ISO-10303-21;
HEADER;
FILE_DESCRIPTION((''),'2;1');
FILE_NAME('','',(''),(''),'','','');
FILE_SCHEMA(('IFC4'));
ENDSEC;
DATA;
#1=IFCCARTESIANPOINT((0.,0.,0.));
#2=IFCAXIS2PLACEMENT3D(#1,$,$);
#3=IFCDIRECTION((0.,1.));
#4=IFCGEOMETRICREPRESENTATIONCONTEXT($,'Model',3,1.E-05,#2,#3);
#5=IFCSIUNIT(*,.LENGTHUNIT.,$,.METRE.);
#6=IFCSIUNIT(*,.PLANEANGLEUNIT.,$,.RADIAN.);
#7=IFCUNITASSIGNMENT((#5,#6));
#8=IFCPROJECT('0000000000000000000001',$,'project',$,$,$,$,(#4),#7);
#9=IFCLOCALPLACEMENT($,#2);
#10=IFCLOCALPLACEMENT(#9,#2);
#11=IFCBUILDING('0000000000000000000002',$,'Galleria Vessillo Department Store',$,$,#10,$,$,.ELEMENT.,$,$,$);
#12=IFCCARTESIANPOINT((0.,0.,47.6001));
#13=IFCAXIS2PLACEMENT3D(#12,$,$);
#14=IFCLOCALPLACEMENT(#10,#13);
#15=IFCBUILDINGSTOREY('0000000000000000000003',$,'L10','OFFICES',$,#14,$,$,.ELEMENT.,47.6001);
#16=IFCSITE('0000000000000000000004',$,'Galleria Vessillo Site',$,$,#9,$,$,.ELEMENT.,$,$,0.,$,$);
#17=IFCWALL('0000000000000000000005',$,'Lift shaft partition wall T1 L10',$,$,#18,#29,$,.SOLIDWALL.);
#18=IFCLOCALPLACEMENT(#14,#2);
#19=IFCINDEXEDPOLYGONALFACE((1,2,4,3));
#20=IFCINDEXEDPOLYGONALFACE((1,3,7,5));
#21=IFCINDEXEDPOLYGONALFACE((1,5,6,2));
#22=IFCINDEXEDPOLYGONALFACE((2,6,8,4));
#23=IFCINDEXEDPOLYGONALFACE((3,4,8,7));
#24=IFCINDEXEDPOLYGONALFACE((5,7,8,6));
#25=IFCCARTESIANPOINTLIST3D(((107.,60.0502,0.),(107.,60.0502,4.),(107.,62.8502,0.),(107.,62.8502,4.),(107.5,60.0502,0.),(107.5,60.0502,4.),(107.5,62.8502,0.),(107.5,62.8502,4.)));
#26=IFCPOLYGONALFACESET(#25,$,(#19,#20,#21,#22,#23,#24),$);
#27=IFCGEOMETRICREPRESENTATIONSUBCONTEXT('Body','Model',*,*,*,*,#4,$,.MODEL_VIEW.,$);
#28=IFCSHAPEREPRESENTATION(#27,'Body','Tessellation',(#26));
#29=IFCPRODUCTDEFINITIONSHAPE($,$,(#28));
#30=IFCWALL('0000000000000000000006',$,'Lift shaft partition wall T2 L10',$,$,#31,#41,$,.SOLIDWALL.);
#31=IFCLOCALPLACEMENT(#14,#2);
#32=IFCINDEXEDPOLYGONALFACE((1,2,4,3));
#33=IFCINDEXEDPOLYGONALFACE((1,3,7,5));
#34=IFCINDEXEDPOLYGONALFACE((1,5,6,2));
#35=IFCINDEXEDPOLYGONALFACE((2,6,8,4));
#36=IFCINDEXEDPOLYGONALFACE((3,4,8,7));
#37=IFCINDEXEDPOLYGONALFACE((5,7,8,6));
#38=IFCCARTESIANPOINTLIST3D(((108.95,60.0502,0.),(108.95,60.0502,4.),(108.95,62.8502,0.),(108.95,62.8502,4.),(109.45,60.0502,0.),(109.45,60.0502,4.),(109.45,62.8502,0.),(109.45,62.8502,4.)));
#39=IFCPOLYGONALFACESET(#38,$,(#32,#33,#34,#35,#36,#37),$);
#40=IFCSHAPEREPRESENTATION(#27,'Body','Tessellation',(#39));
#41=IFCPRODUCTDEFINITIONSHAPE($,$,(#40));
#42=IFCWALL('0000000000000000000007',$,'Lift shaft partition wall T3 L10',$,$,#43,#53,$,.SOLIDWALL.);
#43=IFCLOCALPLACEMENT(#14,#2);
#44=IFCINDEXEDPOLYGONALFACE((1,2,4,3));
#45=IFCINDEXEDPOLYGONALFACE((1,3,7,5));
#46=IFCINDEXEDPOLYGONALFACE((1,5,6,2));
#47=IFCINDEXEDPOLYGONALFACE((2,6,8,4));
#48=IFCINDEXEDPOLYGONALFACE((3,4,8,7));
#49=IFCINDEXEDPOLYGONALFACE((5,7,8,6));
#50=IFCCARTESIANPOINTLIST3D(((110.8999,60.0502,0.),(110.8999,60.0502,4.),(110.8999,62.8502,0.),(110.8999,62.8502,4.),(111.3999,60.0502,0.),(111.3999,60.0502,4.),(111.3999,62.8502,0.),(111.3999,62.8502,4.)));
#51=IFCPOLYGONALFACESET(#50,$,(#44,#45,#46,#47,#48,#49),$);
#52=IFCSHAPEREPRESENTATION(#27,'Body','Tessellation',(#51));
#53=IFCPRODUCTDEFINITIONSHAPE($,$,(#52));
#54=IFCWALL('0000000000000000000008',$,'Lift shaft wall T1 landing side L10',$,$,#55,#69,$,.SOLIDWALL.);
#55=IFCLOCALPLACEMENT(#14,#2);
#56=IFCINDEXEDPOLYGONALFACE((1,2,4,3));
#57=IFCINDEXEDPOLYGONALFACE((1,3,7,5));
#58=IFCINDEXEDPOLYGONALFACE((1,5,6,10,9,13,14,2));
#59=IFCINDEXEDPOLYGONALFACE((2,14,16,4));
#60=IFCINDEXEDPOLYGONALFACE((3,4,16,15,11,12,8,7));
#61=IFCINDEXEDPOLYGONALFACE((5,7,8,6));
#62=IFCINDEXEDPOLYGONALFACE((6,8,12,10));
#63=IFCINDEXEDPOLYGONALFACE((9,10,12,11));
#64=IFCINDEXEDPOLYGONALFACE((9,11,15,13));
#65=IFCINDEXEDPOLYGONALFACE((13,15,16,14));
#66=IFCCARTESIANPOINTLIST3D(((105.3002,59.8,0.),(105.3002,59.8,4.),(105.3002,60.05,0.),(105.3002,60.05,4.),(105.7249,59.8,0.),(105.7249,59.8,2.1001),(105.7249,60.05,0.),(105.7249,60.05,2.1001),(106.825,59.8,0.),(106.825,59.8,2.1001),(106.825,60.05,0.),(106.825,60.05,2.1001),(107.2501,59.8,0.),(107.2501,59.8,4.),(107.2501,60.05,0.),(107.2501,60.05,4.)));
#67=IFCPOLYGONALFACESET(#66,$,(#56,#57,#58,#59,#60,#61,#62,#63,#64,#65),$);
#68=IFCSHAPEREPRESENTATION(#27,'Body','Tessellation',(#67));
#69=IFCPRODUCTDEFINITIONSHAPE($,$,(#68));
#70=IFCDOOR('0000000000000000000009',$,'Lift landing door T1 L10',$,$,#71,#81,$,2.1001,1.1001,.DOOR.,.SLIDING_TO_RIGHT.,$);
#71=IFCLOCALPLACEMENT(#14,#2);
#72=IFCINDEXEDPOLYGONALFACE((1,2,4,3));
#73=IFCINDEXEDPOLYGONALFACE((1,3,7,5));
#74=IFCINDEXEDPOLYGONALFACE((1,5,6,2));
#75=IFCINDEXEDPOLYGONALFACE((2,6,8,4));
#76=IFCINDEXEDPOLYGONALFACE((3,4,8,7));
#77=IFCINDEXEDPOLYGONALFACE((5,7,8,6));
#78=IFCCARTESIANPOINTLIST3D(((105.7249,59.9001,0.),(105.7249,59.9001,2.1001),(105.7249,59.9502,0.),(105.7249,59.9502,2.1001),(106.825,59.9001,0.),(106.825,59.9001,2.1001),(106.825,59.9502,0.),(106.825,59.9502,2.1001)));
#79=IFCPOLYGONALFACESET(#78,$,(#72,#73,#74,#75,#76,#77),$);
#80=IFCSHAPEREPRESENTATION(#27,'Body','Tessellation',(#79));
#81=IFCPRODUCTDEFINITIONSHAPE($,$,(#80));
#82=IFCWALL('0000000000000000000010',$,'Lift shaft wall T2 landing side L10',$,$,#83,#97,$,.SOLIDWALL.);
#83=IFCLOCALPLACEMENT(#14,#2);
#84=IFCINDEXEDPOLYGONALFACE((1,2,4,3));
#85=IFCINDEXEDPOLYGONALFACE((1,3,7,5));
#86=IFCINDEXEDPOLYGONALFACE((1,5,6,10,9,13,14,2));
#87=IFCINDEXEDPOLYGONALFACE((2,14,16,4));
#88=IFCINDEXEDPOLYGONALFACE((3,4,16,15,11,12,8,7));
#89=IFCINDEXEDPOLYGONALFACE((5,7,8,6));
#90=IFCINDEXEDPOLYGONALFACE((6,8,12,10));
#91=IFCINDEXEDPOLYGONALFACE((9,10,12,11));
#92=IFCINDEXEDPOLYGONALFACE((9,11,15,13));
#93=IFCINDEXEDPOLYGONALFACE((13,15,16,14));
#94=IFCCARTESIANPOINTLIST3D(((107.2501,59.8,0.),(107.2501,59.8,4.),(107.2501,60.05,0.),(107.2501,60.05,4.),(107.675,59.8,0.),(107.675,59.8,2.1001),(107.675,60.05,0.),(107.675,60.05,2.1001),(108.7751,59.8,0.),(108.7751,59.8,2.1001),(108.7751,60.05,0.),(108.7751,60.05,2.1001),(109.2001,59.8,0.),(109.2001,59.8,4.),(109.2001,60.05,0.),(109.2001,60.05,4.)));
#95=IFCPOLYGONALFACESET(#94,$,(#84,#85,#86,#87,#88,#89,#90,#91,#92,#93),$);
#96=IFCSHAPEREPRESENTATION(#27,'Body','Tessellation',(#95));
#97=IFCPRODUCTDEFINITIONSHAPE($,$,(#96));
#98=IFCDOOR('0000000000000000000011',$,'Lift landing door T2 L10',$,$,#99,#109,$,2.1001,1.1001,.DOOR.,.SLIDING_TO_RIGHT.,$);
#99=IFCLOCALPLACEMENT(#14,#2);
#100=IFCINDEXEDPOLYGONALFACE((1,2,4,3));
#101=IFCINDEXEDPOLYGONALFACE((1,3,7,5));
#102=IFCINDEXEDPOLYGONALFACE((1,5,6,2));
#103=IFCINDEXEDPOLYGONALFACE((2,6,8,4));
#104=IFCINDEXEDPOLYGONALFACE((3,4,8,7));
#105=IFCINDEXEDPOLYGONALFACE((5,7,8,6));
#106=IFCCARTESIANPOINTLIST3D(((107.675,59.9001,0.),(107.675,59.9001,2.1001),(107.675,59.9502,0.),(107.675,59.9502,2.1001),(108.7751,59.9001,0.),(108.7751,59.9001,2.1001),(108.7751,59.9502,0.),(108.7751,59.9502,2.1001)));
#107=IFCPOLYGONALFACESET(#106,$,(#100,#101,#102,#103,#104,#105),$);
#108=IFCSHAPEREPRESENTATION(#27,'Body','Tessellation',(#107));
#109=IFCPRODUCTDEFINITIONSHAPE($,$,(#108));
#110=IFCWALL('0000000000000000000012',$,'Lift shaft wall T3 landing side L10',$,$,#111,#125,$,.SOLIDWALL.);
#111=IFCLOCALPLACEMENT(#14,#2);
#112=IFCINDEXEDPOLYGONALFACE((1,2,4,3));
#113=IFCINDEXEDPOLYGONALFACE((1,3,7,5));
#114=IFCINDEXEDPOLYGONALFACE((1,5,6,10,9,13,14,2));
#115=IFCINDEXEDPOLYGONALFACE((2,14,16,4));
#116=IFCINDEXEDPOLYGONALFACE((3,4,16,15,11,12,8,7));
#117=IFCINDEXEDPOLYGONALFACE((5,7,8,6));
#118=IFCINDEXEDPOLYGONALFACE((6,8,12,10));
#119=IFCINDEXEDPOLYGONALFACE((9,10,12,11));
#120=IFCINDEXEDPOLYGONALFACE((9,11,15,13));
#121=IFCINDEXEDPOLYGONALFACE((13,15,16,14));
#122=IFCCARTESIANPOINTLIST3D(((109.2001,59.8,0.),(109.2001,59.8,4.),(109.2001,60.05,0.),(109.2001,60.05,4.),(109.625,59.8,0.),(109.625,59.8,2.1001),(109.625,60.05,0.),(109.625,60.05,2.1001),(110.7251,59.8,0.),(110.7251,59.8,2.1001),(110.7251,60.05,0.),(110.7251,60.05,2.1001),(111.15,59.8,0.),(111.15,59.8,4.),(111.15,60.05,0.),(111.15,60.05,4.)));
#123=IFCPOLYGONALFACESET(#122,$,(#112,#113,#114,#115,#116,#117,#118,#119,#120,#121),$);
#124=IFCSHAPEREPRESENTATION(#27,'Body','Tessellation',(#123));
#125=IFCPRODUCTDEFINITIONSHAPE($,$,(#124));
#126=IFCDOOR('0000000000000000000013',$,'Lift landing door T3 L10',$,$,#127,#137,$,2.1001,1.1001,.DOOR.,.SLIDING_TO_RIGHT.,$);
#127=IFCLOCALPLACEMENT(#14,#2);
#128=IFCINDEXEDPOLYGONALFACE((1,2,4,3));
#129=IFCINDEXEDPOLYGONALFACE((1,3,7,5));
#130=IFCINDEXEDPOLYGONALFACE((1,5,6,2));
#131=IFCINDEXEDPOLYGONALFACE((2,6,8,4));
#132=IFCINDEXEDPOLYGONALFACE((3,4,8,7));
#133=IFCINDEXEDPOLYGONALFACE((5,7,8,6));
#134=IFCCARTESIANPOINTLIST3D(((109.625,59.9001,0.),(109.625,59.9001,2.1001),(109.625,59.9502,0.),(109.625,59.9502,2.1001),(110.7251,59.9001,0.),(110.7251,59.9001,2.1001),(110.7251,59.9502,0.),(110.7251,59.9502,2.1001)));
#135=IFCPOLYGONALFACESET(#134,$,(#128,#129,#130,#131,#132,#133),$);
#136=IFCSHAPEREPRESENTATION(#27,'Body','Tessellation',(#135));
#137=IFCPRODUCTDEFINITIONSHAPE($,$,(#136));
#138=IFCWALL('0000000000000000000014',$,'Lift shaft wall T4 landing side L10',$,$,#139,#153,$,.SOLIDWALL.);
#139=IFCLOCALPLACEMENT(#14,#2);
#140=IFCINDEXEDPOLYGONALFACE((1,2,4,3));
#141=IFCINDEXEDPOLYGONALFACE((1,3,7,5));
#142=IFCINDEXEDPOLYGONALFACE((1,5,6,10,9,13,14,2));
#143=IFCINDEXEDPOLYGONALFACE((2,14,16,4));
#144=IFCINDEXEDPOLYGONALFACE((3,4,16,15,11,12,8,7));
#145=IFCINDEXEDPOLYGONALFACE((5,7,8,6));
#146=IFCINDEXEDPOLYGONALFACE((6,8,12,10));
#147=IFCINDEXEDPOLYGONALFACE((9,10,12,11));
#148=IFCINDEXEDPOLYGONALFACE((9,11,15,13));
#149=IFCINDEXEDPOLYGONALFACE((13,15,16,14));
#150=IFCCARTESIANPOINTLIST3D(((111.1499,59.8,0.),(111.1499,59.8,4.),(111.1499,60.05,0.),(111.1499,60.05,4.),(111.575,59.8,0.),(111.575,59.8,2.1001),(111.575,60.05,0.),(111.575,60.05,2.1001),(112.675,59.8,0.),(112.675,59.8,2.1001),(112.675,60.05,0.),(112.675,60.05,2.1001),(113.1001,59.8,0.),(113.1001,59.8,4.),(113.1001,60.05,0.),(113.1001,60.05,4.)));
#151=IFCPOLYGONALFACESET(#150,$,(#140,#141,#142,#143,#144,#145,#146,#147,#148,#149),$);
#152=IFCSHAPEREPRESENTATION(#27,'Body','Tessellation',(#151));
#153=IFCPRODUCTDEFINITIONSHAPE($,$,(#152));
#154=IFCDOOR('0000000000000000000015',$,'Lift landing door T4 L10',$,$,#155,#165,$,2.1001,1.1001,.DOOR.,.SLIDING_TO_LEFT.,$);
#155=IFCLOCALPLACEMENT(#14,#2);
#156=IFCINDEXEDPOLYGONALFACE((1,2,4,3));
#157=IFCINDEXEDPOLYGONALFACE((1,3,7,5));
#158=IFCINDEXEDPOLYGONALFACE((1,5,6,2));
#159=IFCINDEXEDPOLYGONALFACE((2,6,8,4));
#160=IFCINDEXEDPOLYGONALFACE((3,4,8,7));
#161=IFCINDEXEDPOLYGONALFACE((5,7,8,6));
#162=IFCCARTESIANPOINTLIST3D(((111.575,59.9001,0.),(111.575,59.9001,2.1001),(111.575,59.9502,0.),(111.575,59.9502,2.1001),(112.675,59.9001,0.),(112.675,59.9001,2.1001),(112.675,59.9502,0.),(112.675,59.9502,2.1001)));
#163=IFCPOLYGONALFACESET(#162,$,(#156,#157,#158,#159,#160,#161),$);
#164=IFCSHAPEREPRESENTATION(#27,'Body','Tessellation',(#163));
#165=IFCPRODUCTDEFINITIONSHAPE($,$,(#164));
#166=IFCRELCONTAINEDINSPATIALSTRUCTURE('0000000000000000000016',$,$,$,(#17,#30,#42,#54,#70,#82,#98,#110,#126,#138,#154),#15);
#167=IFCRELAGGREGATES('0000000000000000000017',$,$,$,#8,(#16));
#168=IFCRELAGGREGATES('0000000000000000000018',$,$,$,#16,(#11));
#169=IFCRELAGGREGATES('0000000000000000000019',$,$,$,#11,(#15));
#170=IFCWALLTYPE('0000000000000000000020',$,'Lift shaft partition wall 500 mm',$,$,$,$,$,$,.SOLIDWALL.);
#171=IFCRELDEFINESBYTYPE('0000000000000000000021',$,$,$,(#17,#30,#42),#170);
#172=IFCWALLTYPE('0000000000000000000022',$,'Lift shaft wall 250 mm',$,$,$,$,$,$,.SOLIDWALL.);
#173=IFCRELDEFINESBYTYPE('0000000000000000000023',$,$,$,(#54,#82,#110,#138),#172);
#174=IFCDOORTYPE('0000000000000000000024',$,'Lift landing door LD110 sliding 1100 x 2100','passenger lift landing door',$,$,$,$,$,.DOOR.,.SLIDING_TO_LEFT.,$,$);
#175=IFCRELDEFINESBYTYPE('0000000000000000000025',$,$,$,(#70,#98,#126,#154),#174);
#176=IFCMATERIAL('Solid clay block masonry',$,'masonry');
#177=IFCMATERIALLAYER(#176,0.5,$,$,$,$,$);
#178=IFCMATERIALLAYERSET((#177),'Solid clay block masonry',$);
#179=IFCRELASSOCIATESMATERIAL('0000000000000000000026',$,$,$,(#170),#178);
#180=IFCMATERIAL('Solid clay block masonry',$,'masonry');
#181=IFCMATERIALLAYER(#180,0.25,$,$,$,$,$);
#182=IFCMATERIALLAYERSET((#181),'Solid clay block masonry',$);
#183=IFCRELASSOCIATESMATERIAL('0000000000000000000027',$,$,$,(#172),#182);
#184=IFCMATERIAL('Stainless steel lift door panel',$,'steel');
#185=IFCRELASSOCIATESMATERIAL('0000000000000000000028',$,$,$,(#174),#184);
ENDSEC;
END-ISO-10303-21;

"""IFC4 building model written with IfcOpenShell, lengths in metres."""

from ifc_helpers import new_model, si_unit, direction, frame, frame_2d, origin, place, context, subcontext, project, spatial, rectangle, extrude, material, layer, layer_set, type_object, element, fill, save


model = new_model("IFC4")

# Units and contexts
model_context = context("Model", 3, precision=1e-05, world=origin(), true_north=direction((0.0, 1.0)))
body_context = subcontext(model_context, "Body", "Model", "MODEL_VIEW")
ifc_project = project(units=[si_unit("LENGTHUNIT", "METRE"), si_unit("PLANEANGLEUNIT", "RADIAN")], contexts=[model_context])

# Site, building, storey
site_placement = place(None, origin())
site = spatial("IfcSite", under=ifc_project, at=site_placement, Name="Galleria Vessillo Site", CompositionType="ELEMENT", RefElevation=0.0)
building_placement = place(site_placement, origin())
building = spatial("IfcBuilding", under=site, at=building_placement, Name="Galleria Vessillo Department Store", CompositionType="ELEMENT")
storey_placement = place(building_placement, frame((0.0, 0.0, 47.6001)))
storey = spatial("IfcBuildingStorey", under=building, at=storey_placement, Name="L10", Description="OFFICES", CompositionType="ELEMENT", Elevation=47.6001)

# Walls
ifc_material_1 = material(Name="Solid clay block masonry", Category="masonry")
ifc_layer_1 = layer(ifc_material_1, 0.5)
ifc_layer_set_1 = layer_set([ifc_layer_1], Name="Solid clay block masonry")
wall_type_1 = type_object("IfcWallType", Name="Lift shaft partition wall 500 mm", PredefinedType="SOLIDWALL", material=ifc_layer_set_1)
for number, where, z_axis, x_axis, name in (
    (1, (107.25, 62.8501, 0.0), (0.0, 0.0, 1.0), (0.0, -1.0, 0.0), "Lift shaft partition wall T1 L10"),
    (2, (109.2, 62.8501, 0.0), (0.0, 0.0, 1.0), (0.0, -1.0, 0.0), "Lift shaft partition wall T2 L10"),
    (3, (111.1499, 62.8501, 0.0), (0.0, 0.0, 1.0), (0.0, -1.0, 0.0), "Lift shaft partition wall T3 L10"),
):
    element("IfcWall", number, at=place(storey_placement, frame(where, z_axis=z_axis, x_axis=x_axis)), inside=storey, type_object=wall_type_1, Name=name, PredefinedType="SOLIDWALL", context=body_context, shape_type="SweptSolid", body=[
        extrude(rectangle(XDim=2.8, YDim=0.5, at=frame_2d((1.3999, 0.0))), origin(), (0.0, 0.0, 1.0), 4.0),
    ])

# Walls, openings, doors
ifc_material_2 = material(Name="Solid clay block masonry", Category="masonry")
ifc_layer_2 = layer(ifc_material_2, 0.25)
ifc_layer_set_2 = layer_set([ifc_layer_2], Name="Solid clay block masonry")
wall_type_2 = type_object("IfcWallType", Name="Lift shaft wall 250 mm", PredefinedType="SOLIDWALL", material=ifc_layer_set_2)
wall_1_placement = place(storey_placement, frame((105.3, 59.925, 0.0), z_axis=(0.0, 0.0, 1.0), x_axis=(1.0, 0.0, 0.0)))
wall_1 = element("IfcWall", 4, at=wall_1_placement, inside=storey, type_object=wall_type_2, Name="Lift shaft wall T1 landing side L10", PredefinedType="SOLIDWALL", context=body_context, shape_type="SweptSolid", body=[
    extrude(rectangle(XDim=1.95, YDim=0.25, at=frame_2d((0.9751, 0.0))), origin(), (0.0, 0.0, 1.0), 4.0),
])
opening_1_placement = place(wall_1_placement, frame((0.4248, 0.0, 0.0)))
opening_1 = element("IfcOpeningElement", 5, at=opening_1_placement, cuts=wall_1, PredefinedType="OPENING", context=body_context, shape_type="SweptSolid", body=[
    extrude(rectangle(XDim=1.1001, YDim=2.1001, at=frame_2d((0.55, 1.05))), frame((0.0, 0.135, 0.0), z_axis=(0.0, -1.0, 0.0), x_axis=(1.0, 0.0, 0.0)), (0.0, 0.0, 1.0), 0.27),
])
ifc_material_3 = material(Name="Stainless steel lift door panel", Category="steel")
door_type_1 = type_object("IfcDoorType", Name="Lift landing door LD110 sliding 1100 x 2100", Description="passenger lift landing door", OperationType="SLIDING_TO_LEFT", PredefinedType="DOOR", material=ifc_material_3)
door_1_placement = place(opening_1_placement, frame((1.1001, 0.0, 0.0), z_axis=(0.0, 0.0, 1.0), x_axis=(-1.0, 0.0, 0.0)))
door_1 = element("IfcDoor", 6, at=door_1_placement, inside=storey, type_object=door_type_1, Name="Lift landing door T1 L10", OperationType="SLIDING_TO_RIGHT", OverallHeight=2.1001, OverallWidth=1.1001, PredefinedType="DOOR", context=body_context, shape_type="SweptSolid", body=[
    extrude(rectangle(XDim=1.1001, YDim=2.1001, at=frame_2d((0.55, 1.05))), frame((0.0, 0.0249, 0.0), z_axis=(0.0, -1.0, 0.0), x_axis=(1.0, 0.0, 0.0)), (0.0, 0.0, 1.0), 0.05),
])
fill(opening_1, door_1)
wall_2_placement = place(storey_placement, frame((107.25, 59.925, 0.0), z_axis=(0.0, 0.0, 1.0), x_axis=(1.0, 0.0, 0.0)))
wall_2 = element("IfcWall", 7, at=wall_2_placement, inside=storey, type_object=wall_type_2, Name="Lift shaft wall T2 landing side L10", PredefinedType="SOLIDWALL", context=body_context, shape_type="SweptSolid", body=[
    extrude(rectangle(XDim=1.95, YDim=0.25, at=frame_2d((0.9751, 0.0))), origin(), (0.0, 0.0, 1.0), 4.0),
])
opening_2_placement = place(wall_2_placement, frame((0.425, 0.0, 0.0)))
opening_2 = element("IfcOpeningElement", 8, at=opening_2_placement, cuts=wall_2, PredefinedType="OPENING", context=body_context, shape_type="SweptSolid", body=[
    extrude(rectangle(XDim=1.1001, YDim=2.1001, at=frame_2d((0.55, 1.05))), frame((0.0, 0.135, 0.0), z_axis=(0.0, -1.0, 0.0), x_axis=(1.0, 0.0, 0.0)), (0.0, 0.0, 1.0), 0.27),
])
door_2_placement = place(opening_2_placement, frame((1.1001, 0.0, 0.0), z_axis=(0.0, 0.0, 1.0), x_axis=(-1.0, 0.0, 0.0)))
door_2 = element("IfcDoor", 9, at=door_2_placement, inside=storey, type_object=door_type_1, Name="Lift landing door T2 L10", OperationType="SLIDING_TO_RIGHT", OverallHeight=2.1001, OverallWidth=1.1001, PredefinedType="DOOR", context=body_context, shape_type="SweptSolid", body=[
    extrude(rectangle(XDim=1.1001, YDim=2.1001, at=frame_2d((0.55, 1.05))), frame((0.0, 0.0249, 0.0), z_axis=(0.0, -1.0, 0.0), x_axis=(1.0, 0.0, 0.0)), (0.0, 0.0, 1.0), 0.05),
])
fill(opening_2, door_2)
wall_3_placement = place(storey_placement, frame((109.2, 59.925, 0.0), z_axis=(0.0, 0.0, 1.0), x_axis=(1.0, 0.0, 0.0)))
wall_3 = element("IfcWall", 10, at=wall_3_placement, inside=storey, type_object=wall_type_2, Name="Lift shaft wall T3 landing side L10", PredefinedType="SOLIDWALL", context=body_context, shape_type="SweptSolid", body=[
    extrude(rectangle(XDim=1.95, YDim=0.25, at=frame_2d((0.9751, 0.0))), origin(), (0.0, 0.0, 1.0), 4.0),
])
opening_3_placement = place(wall_3_placement, frame((0.425, 0.0, 0.0)))
opening_3 = element("IfcOpeningElement", 11, at=opening_3_placement, cuts=wall_3, PredefinedType="OPENING", context=body_context, shape_type="SweptSolid", body=[
    extrude(rectangle(XDim=1.1001, YDim=2.1001, at=frame_2d((0.55, 1.05))), frame((0.0, 0.135, 0.0), z_axis=(0.0, -1.0, 0.0), x_axis=(1.0, 0.0, 0.0)), (0.0, 0.0, 1.0), 0.27),
])
door_3_placement = place(opening_3_placement, frame((1.1001, 0.0, 0.0), z_axis=(0.0, 0.0, 1.0), x_axis=(-1.0, 0.0, 0.0)))
door_3 = element("IfcDoor", 12, at=door_3_placement, inside=storey, type_object=door_type_1, Name="Lift landing door T3 L10", OperationType="SLIDING_TO_RIGHT", OverallHeight=2.1001, OverallWidth=1.1001, PredefinedType="DOOR", context=body_context, shape_type="SweptSolid", body=[
    extrude(rectangle(XDim=1.1001, YDim=2.1001, at=frame_2d((0.55, 1.05))), frame((0.0, 0.0249, 0.0), z_axis=(0.0, -1.0, 0.0), x_axis=(1.0, 0.0, 0.0)), (0.0, 0.0, 1.0), 0.05),
])
fill(opening_3, door_3)
wall_4_placement = place(storey_placement, frame((111.1499, 59.925, 0.0), z_axis=(0.0, 0.0, 1.0), x_axis=(1.0, 0.0, 0.0)))
wall_4 = element("IfcWall", 13, at=wall_4_placement, inside=storey, type_object=wall_type_2, Name="Lift shaft wall T4 landing side L10", PredefinedType="SOLIDWALL", context=body_context, shape_type="SweptSolid", body=[
    extrude(rectangle(XDim=1.9502, YDim=0.25, at=frame_2d((0.9751, 0.0))), origin(), (0.0, 0.0, 1.0), 4.0),
])
opening_4_placement = place(wall_4_placement, frame((0.425, 0.0, 0.0)))
opening_4 = element("IfcOpeningElement", 14, at=opening_4_placement, cuts=wall_4, PredefinedType="OPENING", context=body_context, shape_type="SweptSolid", body=[
    extrude(rectangle(XDim=1.1001, YDim=2.1001, at=frame_2d((0.55, 1.05))), frame((0.0, 0.135, 0.0), z_axis=(0.0, -1.0, 0.0), x_axis=(1.0, 0.0, 0.0)), (0.0, 0.0, 1.0), 0.27),
])
door_4_placement = place(opening_4_placement, frame((1.1001, 0.0, 0.0), z_axis=(0.0, 0.0, 1.0), x_axis=(-1.0, 0.0, 0.0)))
door_4 = element("IfcDoor", 15, at=door_4_placement, inside=storey, type_object=door_type_1, Name="Lift landing door T4 L10", OperationType="SLIDING_TO_LEFT", OverallHeight=2.1001, OverallWidth=1.1001, PredefinedType="DOOR", context=body_context, shape_type="SweptSolid", body=[
    extrude(rectangle(XDim=1.1001, YDim=2.1001, at=frame_2d((0.55, 1.05))), frame((0.0, 0.0249, 0.0), z_axis=(0.0, -1.0, 0.0), x_axis=(1.0, 0.0, 0.0)), (0.0, 0.0, 1.0), 0.05),
])
fill(opening_4, door_4)

save(model, "model.ifc")
